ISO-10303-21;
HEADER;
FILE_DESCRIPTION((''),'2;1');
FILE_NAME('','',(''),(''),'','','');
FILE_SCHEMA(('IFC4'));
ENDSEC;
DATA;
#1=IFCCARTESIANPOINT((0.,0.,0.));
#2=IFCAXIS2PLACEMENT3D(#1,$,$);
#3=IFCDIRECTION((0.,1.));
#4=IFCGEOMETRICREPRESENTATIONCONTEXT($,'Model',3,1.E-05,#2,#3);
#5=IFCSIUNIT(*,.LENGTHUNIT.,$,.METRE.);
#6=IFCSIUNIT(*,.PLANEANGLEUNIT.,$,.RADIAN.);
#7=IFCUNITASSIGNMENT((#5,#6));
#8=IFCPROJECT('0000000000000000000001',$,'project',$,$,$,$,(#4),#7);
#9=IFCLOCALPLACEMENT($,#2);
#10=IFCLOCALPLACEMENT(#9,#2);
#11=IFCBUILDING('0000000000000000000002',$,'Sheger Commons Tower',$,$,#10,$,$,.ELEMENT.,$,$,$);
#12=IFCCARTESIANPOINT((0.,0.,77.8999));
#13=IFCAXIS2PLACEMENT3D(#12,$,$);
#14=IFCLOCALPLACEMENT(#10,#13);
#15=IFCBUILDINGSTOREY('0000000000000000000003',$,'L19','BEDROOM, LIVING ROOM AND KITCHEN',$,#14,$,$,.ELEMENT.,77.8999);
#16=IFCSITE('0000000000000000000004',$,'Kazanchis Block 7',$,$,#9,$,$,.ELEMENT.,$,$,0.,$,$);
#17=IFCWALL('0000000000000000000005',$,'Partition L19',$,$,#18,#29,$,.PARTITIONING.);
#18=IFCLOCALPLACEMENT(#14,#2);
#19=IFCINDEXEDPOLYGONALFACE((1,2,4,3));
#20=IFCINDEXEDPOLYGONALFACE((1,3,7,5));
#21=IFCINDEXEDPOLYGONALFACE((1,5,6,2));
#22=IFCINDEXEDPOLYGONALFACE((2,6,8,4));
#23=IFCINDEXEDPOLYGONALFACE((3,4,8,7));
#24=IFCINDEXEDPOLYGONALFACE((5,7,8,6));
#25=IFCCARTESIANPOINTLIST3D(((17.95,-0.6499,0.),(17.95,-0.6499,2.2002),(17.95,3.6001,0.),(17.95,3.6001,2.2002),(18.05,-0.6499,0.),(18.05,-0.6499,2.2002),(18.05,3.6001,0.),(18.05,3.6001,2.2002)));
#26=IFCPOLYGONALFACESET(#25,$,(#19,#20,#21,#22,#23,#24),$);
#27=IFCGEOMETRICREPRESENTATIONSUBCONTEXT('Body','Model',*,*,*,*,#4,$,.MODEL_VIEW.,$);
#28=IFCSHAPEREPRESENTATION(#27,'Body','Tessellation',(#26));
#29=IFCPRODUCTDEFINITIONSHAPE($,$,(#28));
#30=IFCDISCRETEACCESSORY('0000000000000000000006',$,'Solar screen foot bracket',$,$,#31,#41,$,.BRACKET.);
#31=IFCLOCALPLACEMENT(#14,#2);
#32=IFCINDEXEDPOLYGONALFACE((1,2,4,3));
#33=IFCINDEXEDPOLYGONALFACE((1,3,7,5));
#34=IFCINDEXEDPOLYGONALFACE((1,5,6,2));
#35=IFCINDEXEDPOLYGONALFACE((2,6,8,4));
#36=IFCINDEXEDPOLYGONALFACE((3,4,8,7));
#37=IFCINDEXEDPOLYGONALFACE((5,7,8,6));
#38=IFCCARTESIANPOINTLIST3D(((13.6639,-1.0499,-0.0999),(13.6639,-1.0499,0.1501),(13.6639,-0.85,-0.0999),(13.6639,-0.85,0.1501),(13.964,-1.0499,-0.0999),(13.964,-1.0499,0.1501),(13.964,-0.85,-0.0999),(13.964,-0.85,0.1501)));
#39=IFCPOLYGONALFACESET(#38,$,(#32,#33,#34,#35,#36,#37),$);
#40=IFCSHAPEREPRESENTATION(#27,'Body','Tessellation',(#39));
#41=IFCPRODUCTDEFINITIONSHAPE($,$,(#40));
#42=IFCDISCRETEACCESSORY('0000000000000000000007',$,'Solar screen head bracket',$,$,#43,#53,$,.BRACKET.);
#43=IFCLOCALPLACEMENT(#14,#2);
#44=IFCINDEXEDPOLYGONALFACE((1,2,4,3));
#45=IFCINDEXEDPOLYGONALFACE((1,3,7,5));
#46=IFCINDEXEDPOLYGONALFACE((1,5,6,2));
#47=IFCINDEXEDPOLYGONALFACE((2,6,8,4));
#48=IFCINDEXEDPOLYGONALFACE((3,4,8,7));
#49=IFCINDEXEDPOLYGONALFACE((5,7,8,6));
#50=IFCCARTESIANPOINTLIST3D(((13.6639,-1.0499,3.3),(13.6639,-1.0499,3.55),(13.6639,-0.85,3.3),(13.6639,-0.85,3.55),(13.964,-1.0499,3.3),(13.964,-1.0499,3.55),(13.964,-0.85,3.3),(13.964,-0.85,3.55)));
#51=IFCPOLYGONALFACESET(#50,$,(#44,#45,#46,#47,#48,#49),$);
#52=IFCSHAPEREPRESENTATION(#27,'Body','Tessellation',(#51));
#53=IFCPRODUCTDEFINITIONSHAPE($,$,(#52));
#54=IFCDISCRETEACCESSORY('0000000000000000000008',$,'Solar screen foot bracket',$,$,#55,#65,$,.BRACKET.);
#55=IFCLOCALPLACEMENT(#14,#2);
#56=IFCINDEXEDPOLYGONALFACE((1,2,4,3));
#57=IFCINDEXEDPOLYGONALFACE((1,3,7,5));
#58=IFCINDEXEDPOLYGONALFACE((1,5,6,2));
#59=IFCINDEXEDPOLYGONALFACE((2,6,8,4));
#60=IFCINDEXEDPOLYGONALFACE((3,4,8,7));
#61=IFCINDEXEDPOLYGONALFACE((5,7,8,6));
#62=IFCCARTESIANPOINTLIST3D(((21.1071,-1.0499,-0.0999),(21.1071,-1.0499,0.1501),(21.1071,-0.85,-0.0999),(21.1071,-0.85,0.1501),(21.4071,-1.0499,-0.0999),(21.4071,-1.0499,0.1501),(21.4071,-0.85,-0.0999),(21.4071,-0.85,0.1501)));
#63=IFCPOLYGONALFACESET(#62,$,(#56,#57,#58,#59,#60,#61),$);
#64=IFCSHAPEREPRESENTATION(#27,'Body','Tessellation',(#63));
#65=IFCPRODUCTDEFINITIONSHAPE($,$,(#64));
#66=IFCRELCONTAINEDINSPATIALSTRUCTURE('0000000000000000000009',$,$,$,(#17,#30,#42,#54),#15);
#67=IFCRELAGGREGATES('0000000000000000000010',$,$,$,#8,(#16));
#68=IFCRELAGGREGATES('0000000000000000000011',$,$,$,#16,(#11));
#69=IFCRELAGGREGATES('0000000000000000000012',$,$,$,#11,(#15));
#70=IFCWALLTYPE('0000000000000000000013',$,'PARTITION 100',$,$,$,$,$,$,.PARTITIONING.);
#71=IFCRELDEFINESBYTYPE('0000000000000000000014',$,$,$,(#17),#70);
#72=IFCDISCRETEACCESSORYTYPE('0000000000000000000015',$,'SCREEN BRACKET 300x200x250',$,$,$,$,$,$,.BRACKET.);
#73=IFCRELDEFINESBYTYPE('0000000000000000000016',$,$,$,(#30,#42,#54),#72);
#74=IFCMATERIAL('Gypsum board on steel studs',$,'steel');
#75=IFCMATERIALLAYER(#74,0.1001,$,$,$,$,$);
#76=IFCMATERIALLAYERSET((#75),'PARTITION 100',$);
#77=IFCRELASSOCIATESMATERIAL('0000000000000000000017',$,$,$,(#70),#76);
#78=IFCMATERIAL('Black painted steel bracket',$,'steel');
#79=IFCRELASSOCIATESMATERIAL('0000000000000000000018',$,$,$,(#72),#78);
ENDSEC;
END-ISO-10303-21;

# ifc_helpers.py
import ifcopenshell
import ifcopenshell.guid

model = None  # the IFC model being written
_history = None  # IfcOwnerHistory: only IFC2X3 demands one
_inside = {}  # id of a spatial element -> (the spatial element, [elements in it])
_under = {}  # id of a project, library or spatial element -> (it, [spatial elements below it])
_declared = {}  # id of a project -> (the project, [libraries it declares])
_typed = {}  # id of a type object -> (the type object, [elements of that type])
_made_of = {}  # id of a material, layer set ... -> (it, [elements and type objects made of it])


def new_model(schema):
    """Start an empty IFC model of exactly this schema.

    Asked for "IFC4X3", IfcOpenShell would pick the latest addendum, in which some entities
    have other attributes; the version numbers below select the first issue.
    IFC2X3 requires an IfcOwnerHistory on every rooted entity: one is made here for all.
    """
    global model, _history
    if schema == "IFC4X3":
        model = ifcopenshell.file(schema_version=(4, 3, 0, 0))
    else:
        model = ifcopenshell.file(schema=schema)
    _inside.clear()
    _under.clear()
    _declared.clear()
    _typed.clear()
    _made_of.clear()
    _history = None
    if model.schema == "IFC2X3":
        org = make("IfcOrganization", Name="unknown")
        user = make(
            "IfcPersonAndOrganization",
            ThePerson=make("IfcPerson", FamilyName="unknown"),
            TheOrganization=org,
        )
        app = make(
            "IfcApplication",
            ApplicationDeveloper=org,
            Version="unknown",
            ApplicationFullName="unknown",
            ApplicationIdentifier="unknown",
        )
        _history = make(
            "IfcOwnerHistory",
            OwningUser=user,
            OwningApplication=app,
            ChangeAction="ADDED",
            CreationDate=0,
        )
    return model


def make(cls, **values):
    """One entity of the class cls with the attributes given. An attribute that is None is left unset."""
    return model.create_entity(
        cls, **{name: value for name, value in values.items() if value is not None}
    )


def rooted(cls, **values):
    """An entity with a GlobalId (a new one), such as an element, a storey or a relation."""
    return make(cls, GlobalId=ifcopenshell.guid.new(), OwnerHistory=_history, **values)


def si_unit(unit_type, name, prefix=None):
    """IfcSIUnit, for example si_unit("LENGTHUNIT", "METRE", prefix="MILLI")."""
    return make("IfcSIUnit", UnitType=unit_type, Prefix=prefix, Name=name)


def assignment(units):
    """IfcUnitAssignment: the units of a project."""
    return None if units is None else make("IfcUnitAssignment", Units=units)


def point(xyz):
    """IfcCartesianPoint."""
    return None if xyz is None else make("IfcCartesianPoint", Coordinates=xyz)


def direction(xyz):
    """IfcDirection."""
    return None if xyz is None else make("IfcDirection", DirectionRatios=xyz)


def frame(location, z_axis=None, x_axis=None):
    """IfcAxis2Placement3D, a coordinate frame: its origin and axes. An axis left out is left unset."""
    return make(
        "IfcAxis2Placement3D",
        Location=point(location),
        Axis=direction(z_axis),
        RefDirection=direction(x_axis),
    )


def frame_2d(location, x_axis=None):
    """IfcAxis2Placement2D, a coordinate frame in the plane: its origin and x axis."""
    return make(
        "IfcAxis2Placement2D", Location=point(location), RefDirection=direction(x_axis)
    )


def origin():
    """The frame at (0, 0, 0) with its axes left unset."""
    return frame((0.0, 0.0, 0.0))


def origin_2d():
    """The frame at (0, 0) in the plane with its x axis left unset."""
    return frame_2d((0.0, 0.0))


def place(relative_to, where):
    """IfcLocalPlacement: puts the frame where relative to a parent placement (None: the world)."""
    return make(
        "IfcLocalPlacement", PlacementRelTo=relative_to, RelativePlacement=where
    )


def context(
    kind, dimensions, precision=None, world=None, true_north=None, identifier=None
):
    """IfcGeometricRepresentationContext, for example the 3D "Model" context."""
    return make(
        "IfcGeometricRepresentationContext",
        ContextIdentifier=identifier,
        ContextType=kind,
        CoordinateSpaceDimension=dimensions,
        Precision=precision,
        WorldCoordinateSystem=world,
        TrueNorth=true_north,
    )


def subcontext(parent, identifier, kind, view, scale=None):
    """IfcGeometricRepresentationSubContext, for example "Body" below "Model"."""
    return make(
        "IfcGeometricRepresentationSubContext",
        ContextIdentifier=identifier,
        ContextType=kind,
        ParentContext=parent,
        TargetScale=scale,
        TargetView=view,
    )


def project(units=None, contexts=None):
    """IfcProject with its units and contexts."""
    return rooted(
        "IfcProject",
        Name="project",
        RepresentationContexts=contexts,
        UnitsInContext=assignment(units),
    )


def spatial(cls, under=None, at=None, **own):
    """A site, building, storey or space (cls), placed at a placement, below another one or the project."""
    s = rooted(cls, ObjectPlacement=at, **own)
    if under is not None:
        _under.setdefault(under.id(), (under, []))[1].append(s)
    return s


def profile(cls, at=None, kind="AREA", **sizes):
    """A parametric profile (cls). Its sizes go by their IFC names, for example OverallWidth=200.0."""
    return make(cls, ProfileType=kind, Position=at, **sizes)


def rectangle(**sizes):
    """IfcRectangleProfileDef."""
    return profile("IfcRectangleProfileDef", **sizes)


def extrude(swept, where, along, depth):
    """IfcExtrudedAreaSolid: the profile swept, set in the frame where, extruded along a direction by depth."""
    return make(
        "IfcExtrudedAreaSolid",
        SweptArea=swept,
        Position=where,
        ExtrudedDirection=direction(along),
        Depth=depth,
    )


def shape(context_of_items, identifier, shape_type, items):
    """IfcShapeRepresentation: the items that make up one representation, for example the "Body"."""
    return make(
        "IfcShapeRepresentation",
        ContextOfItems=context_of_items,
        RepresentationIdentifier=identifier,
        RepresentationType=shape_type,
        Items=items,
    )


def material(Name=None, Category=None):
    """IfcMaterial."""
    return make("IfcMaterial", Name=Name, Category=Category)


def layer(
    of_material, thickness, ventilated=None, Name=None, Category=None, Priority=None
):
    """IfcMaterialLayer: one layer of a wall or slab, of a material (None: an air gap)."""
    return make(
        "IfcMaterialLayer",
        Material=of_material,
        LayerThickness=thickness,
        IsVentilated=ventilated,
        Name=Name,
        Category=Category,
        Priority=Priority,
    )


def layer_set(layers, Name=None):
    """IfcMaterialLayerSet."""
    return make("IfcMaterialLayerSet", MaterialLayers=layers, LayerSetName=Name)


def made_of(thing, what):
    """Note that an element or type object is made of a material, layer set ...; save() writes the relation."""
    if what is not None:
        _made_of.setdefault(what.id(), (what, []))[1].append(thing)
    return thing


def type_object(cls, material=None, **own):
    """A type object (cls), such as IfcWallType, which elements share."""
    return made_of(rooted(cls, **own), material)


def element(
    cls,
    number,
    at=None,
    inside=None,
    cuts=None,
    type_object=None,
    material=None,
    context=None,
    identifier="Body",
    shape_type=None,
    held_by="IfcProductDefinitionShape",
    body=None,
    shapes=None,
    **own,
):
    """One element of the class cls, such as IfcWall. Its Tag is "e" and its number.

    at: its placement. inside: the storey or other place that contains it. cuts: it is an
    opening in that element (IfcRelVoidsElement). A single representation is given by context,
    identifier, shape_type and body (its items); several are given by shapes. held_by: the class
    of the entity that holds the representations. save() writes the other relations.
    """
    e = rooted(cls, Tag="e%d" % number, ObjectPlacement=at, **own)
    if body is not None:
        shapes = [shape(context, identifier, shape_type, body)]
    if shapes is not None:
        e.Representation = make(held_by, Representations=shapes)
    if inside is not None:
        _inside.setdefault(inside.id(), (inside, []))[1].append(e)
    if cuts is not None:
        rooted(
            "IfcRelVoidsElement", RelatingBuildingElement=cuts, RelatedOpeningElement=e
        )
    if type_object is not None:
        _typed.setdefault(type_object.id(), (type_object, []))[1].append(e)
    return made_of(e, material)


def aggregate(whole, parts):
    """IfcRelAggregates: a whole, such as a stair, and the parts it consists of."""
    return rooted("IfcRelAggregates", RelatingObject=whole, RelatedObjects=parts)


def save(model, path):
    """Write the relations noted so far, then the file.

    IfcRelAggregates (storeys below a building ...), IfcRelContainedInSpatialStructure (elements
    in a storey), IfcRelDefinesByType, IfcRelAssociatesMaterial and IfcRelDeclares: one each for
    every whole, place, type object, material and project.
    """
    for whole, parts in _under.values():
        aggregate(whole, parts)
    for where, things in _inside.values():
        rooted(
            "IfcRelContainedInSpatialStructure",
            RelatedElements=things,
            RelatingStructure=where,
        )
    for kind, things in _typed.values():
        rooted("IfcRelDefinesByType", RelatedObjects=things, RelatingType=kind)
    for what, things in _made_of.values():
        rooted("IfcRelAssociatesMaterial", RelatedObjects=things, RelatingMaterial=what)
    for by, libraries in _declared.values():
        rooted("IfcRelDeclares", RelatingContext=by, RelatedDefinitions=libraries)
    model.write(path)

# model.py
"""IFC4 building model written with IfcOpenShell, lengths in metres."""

from ifc_helpers import new_model, si_unit, direction, frame, frame_2d, origin, origin_2d, place, context, subcontext, project, spatial, rectangle, extrude, material, layer, layer_set, type_object, element, save


model = new_model("IFC4")

# Units and contexts
model_context = context("Model", 3, precision=1e-05, world=origin(), true_north=direction((0.0, 1.0)))
body_context = subcontext(model_context, "Body", "Model", "MODEL_VIEW")
ifc_project = project(units=[si_unit("LENGTHUNIT", "METRE"), si_unit("PLANEANGLEUNIT", "RADIAN")], contexts=[model_context])

# Site, building, storey
site_placement = place(None, origin())
site = spatial("IfcSite", under=ifc_project, at=site_placement, Name="Kazanchis Block 7", CompositionType="ELEMENT", RefElevation=0.0)
building_placement = place(site_placement, origin())
building = spatial("IfcBuilding", under=site, at=building_placement, Name="Sheger Commons Tower", CompositionType="ELEMENT")
storey_placement = place(building_placement, frame((0.0, 0.0, 77.8999)))
storey = spatial("IfcBuildingStorey", under=building, at=storey_placement, Name="L19", Description="BEDROOM, LIVING ROOM AND KITCHEN", CompositionType="ELEMENT", Elevation=77.8999)

# Wall
ifc_material_1 = material(Name="Gypsum board on steel studs", Category="steel")
ifc_layer_1 = layer(ifc_material_1, 0.1001)
ifc_layer_set_1 = layer_set([ifc_layer_1], Name="PARTITION 100")
wall_type_1 = type_object("IfcWallType", Name="PARTITION 100", PredefinedType="PARTITIONING", material=ifc_layer_set_1)
wall_1_placement = place(storey_placement, frame((18.0, -0.6499, 0.0), z_axis=(0.0, 0.0, 1.0), x_axis=(0.0, 1.0, 0.0)))
element("IfcWall", 1, at=wall_1_placement, inside=storey, type_object=wall_type_1, Name="Partition L19", PredefinedType="PARTITIONING", context=body_context, shape_type="SweptSolid", body=[
    extrude(rectangle(XDim=4.25, YDim=0.1001, at=frame_2d((2.125, 0.0))), origin(), (0.0, 0.0, 1.0), 2.2002),
])

# Discrete accessories
ifc_material_2 = material(Name="Black painted steel bracket", Category="steel")
discrete_accessory_type = type_object("IfcDiscreteAccessoryType", Name="SCREEN BRACKET 300x200x250", PredefinedType="BRACKET", material=ifc_material_2)
for number, where, z_axis, x_axis, name in (
    (2, (13.814, -0.95, -0.0999), (0.0, 0.0, 1.0), (1.0, 0.0, 0.0), "Solar screen foot bracket"),
    (3, (13.814, -0.95, 3.3), (0.0, 0.0, 1.0), (1.0, 0.0, 0.0), "Solar screen head bracket"),
    (4, (21.2571, -0.95, -0.0999), (0.0, 0.0, 1.0), (1.0, 0.0, 0.0), "Solar screen foot bracket"),
):
    element("IfcDiscreteAccessory", number, at=place(storey_placement, frame(where, z_axis=z_axis, x_axis=x_axis)), inside=storey, type_object=discrete_accessory_type, Name=name, PredefinedType="BRACKET", context=body_context, shape_type="SweptSolid", body=[
        extrude(rectangle(XDim=0.3, YDim=0.2, at=origin_2d()), origin(), (0.0, 0.0, 1.0), 0.25),
    ])

save(model, "model.ifc")
